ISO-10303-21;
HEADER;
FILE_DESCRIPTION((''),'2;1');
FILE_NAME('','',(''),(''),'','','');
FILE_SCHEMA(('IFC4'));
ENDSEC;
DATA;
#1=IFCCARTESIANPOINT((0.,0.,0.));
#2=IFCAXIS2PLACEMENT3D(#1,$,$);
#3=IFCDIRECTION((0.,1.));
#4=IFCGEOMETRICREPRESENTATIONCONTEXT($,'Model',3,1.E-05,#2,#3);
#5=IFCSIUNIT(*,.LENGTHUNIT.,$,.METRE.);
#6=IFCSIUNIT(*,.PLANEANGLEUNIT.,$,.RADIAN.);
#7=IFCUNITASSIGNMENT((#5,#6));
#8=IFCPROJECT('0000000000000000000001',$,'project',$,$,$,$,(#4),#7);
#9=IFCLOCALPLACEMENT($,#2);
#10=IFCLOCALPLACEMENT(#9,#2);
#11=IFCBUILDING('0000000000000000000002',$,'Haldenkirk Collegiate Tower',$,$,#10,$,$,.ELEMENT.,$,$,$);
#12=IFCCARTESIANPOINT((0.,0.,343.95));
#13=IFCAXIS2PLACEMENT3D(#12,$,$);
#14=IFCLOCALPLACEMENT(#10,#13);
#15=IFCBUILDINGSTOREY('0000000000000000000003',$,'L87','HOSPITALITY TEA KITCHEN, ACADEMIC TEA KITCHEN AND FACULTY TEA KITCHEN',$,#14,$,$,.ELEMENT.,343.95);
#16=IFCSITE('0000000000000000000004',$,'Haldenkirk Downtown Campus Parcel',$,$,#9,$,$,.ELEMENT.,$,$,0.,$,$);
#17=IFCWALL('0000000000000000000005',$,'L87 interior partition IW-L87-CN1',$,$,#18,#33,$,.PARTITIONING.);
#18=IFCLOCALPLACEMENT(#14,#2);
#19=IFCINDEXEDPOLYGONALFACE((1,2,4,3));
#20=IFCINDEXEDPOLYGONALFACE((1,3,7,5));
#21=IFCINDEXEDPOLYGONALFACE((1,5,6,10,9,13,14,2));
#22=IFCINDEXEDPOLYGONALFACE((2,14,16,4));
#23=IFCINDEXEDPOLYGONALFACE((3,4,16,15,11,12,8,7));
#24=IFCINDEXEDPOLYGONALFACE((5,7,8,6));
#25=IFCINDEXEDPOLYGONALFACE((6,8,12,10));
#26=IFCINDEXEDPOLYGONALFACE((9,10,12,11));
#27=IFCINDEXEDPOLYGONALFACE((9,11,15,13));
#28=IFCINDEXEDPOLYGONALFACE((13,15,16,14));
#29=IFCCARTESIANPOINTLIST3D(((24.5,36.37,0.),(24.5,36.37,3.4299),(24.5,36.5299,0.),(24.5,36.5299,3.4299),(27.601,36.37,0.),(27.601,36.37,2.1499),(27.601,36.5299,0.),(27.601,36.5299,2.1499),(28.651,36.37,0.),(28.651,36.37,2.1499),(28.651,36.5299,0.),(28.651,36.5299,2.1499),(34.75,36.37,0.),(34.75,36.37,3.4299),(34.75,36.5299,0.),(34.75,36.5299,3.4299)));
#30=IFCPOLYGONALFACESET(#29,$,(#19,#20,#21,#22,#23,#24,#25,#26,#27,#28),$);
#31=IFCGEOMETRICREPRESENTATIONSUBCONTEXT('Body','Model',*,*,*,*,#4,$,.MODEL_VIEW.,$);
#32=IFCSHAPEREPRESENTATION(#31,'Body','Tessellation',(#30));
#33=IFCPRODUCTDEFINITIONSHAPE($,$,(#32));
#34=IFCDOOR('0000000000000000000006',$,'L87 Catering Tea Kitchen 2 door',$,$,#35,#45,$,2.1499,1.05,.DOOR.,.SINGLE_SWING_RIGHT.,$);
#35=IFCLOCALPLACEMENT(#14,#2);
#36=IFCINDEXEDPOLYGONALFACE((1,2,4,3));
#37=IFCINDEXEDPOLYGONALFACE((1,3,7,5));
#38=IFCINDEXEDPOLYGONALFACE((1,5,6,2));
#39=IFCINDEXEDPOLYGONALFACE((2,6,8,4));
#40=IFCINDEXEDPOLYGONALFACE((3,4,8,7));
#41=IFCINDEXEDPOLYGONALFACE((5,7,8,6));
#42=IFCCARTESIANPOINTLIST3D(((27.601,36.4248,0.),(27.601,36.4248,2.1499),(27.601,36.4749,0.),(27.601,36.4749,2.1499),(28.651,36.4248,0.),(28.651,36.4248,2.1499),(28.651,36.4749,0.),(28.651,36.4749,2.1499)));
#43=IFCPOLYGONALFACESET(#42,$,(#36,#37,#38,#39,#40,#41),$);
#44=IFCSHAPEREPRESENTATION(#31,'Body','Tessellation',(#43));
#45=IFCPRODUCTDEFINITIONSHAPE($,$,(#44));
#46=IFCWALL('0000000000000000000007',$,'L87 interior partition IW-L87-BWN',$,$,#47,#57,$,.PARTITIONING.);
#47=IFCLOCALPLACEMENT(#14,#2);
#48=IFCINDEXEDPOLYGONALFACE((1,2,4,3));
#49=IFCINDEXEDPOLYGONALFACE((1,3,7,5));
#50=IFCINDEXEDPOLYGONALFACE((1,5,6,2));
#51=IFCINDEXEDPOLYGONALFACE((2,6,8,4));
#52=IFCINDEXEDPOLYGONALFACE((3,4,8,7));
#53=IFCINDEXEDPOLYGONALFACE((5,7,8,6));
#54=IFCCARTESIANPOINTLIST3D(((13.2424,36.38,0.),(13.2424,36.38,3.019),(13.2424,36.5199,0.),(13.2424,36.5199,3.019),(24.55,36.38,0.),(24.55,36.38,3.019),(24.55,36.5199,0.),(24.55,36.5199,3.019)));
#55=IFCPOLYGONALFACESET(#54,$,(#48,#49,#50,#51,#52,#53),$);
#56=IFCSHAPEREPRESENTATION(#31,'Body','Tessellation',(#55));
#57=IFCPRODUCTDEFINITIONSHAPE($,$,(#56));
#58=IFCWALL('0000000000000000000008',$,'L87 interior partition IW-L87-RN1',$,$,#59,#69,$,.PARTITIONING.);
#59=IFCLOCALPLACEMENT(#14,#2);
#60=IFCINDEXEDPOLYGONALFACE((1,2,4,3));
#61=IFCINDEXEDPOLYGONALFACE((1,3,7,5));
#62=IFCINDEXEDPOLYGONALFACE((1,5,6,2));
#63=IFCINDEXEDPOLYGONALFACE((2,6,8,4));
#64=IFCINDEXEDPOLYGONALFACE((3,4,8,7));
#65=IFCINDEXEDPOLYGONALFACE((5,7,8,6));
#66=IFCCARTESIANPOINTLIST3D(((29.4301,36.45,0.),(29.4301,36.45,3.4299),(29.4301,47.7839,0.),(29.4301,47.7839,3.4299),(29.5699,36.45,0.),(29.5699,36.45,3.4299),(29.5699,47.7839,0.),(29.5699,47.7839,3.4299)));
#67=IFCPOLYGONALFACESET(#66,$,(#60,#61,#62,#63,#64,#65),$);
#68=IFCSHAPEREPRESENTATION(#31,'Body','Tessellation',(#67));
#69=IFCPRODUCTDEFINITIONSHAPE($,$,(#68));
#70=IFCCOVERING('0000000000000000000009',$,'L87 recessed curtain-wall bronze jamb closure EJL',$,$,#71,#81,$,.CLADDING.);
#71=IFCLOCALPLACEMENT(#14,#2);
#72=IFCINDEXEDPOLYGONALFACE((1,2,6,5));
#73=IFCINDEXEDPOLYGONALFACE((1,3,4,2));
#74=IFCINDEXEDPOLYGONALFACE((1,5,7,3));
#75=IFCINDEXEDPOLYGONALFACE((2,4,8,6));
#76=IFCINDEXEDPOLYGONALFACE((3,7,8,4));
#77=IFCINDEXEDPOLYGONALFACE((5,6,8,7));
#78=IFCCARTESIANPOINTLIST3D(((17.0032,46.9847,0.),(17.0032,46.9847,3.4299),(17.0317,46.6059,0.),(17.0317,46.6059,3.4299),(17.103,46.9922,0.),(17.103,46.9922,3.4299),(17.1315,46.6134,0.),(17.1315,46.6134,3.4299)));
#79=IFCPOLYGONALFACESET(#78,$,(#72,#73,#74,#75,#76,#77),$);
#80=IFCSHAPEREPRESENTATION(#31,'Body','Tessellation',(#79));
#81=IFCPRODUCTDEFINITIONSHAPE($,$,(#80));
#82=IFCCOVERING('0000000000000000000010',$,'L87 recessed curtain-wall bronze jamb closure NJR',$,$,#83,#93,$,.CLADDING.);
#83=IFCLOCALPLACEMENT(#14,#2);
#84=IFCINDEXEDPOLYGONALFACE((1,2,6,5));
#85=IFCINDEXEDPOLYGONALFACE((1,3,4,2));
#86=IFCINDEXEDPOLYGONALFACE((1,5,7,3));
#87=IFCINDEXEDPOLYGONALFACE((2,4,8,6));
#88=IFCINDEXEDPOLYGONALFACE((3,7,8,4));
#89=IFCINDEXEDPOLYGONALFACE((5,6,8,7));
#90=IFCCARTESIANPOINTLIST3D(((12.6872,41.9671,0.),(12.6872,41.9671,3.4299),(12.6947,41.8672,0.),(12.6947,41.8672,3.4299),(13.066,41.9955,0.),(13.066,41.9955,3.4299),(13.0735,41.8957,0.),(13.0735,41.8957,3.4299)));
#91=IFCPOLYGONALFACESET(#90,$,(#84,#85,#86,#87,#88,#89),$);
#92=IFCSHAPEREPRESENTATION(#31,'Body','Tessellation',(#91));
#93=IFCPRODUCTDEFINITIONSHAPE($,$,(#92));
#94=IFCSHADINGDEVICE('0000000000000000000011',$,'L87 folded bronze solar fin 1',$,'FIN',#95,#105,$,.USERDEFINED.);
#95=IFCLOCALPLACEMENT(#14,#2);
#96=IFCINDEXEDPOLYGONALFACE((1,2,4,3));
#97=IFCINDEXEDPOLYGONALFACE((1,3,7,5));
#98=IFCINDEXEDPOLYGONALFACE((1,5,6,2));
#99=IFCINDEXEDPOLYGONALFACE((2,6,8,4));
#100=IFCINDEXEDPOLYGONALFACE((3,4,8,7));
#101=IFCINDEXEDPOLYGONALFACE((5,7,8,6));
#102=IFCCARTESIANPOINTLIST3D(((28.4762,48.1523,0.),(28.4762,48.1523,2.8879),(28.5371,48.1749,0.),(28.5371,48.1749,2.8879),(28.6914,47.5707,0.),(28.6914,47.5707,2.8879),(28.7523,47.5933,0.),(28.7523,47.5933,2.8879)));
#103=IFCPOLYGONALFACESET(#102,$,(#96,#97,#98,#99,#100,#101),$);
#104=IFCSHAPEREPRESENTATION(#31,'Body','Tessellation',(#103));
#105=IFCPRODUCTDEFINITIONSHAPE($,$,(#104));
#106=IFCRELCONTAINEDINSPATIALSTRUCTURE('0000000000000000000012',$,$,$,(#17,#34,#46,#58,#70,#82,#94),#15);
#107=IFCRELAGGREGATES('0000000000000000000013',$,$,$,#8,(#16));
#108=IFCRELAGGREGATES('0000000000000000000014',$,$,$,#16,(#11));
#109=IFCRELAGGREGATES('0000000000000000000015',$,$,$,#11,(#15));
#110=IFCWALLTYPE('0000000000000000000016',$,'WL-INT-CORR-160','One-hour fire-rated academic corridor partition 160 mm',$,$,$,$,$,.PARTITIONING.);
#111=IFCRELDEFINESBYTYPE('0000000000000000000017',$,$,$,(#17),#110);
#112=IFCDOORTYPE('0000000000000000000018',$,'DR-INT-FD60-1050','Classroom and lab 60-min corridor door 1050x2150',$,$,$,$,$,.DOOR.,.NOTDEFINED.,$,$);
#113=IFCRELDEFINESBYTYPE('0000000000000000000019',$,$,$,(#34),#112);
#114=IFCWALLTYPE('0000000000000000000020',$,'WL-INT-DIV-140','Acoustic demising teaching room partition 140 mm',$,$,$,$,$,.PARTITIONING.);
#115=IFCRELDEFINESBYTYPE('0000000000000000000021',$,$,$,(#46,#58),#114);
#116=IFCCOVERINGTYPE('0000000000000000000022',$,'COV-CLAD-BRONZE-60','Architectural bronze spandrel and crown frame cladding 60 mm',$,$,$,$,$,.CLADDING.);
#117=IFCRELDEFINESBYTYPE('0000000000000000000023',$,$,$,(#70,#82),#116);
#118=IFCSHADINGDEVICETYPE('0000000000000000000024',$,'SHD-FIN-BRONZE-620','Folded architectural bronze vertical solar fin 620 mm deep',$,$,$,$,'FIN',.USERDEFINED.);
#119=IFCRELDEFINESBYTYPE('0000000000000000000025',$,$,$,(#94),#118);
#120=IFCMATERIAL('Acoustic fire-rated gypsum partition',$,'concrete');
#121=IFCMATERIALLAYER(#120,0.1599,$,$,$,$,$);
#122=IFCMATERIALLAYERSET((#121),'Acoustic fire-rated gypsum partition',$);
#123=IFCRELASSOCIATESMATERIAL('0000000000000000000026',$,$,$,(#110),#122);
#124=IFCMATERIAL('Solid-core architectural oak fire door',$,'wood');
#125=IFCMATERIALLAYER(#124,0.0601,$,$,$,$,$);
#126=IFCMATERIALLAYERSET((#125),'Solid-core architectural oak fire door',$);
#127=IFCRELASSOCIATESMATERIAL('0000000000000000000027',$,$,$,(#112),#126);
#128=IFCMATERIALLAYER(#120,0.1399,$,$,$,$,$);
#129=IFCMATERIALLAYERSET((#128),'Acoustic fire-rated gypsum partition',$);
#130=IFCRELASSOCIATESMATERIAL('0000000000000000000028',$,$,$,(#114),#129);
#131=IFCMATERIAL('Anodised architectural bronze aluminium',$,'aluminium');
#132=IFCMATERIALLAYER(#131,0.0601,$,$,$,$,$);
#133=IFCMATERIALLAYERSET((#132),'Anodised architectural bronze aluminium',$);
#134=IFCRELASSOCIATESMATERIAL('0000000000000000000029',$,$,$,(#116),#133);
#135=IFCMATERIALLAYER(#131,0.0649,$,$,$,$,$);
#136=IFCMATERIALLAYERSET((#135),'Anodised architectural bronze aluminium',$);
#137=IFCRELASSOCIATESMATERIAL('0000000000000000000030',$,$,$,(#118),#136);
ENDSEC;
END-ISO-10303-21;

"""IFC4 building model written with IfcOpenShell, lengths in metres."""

from ifc_helpers import new_model, si_unit, direction, frame, frame_2d, origin, origin_2d, place, context, subcontext, project, spatial, rectangle, extrude, source, transform, mapped, material, layer, layer_set, type_object, element, fill, save


model = new_model("IFC4")

# Units and contexts
model_context = context("Model", 3, precision=1e-05, world=origin(), true_north=direction((0.0, 1.0)))
body_context = subcontext(model_context, "Body", "Model", "MODEL_VIEW")
ifc_project = project(units=[si_unit("LENGTHUNIT", "METRE"), si_unit("PLANEANGLEUNIT", "RADIAN")], contexts=[model_context])

# Site, building, storey
site_placement = place(None, origin())
site = spatial("IfcSite", under=ifc_project, at=site_placement, Name="Haldenkirk Downtown Campus Parcel", CompositionType="ELEMENT", RefElevation=0.0)
building_placement = place(site_placement, origin())
building = spatial("IfcBuilding", under=site, at=building_placement, Name="Haldenkirk Collegiate Tower", CompositionType="ELEMENT")
storey_placement = place(building_placement, frame((0.0, 0.0, 343.95)))
storey = spatial("IfcBuildingStorey", under=building, at=storey_placement, Name="L87", Description="HOSPITALITY TEA KITCHEN, ACADEMIC TEA KITCHEN AND FACULTY TEA KITCHEN", CompositionType="ELEMENT", Elevation=343.95)

# Shared definitions
ifc_material_1 = material(Name="Anodised architectural bronze aluminium", Category="aluminium")

# Wall, opening, door
ifc_material_2 = material(Name="Acoustic fire-rated gypsum partition", Category="concrete")
ifc_layer_1 = layer(ifc_material_2, 0.1599)
ifc_layer_set_1 = layer_set([ifc_layer_1], Name="Acoustic fire-rated gypsum partition")
wall_type_1 = type_object("IfcWallType", Name="WL-INT-CORR-160", Description="One-hour fire-rated academic corridor partition 160 mm", PredefinedType="PARTITIONING", material=ifc_layer_set_1)
wall_1_placement = place(storey_placement, frame((24.5, 36.45, 0.0), z_axis=(0.0, 0.0, 1.0), x_axis=(1.0, 0.0, 0.0)))
wall_1 = element("IfcWall", 1, at=wall_1_placement, inside=storey, type_object=wall_type_1, Name="L87 interior partition IW-L87-CN1", PredefinedType="PARTITIONING", context=body_context, shape_type="SweptSolid", body=[
    extrude(rectangle(XDim=10.25, YDim=0.1599, at=frame_2d((5.125, 0.0))), origin(), (0.0, 0.0, 1.0), 3.4299),
])
opening_1_placement = place(wall_1_placement, frame((3.1011, 0.0, 0.0)))
opening_1 = element("IfcOpeningElement", 2, at=opening_1_placement, cuts=wall_1, PredefinedType="OPENING", context=body_context, shape_type="SweptSolid", body=[
    extrude(rectangle(XDim=1.05, YDim=2.1499, at=frame_2d((0.5249, 1.075))), frame((0.0, 0.0898, 0.0), z_axis=(0.0, -1.0, 0.0), x_axis=(1.0, 0.0, 0.0)), (0.0, 0.0, 1.0), 0.1799),
])
ifc_material_3 = material(Name="Solid-core architectural oak fire door", Category="wood")
ifc_layer_2 = layer(ifc_material_3, 0.0601)
ifc_layer_set_2 = layer_set([ifc_layer_2], Name="Solid-core architectural oak fire door")
door_type = type_object("IfcDoorType", Name="DR-INT-FD60-1050", Description="Classroom and lab 60-min corridor door 1050x2150", OperationType="NOTDEFINED", PredefinedType="DOOR", material=ifc_layer_set_2)
door_placement = place(opening_1_placement, origin())
door = element("IfcDoor", 3, at=door_placement, inside=storey, type_object=door_type, Name="L87 Catering Tea Kitchen 2 door", OperationType="SINGLE_SWING_RIGHT", OverallHeight=2.1499, OverallWidth=1.05, PredefinedType="DOOR", context=body_context, shape_type="SweptSolid", body=[
    extrude(rectangle(XDim=1.05, YDim=2.1499, at=frame_2d((0.5249, 1.075))), frame((0.0, 0.0249, 0.0), z_axis=(0.0, -1.0, 0.0), x_axis=(1.0, 0.0, 0.0)), (0.0, 0.0, 1.0), 0.05),
])
fill(opening_1, door)

# Walls
ifc_layer_3 = layer(ifc_material_2, 0.1399)
ifc_layer_set_3 = layer_set([ifc_layer_3], Name="Acoustic fire-rated gypsum partition")
wall_type_2 = type_object("IfcWallType", Name="WL-INT-DIV-140", Description="Acoustic demising teaching room partition 140 mm", PredefinedType="PARTITIONING", material=ifc_layer_set_3)
wall_2_placement = place(storey_placement, frame((13.2424, 36.45, 0.0), z_axis=(0.0, 0.0, 1.0), x_axis=(1.0, 0.0, 0.0)))
element("IfcWall", 4, at=wall_2_placement, inside=storey, type_object=wall_type_2, Name="L87 interior partition IW-L87-BWN", PredefinedType="PARTITIONING", context=body_context, shape_type="SweptSolid", body=[
    extrude(rectangle(XDim=11.3076, YDim=0.1399, at=frame_2d((5.6538, 0.0))), origin(), (0.0, 0.0, 1.0), 3.019),
])
wall_3_placement = place(storey_placement, frame((29.5, 36.45, 0.0), z_axis=(0.0, 0.0, 1.0), x_axis=(0.0, 1.0, 0.0)))
element("IfcWall", 5, at=wall_3_placement, inside=storey, type_object=wall_type_2, Name="L87 interior partition IW-L87-RN1", PredefinedType="PARTITIONING", context=body_context, shape_type="SweptSolid", body=[
    extrude(rectangle(XDim=11.334, YDim=0.1399, at=frame_2d((5.667, 0.0))), origin(), (0.0, 0.0, 1.0), 3.4299),
])

# Coverings
ifc_layer_4 = layer(ifc_material_1, 0.0601)
ifc_layer_set_4 = layer_set([ifc_layer_4], Name="Anodised architectural bronze aluminium")
covering_type = type_object("IfcCoveringType", Name="COV-CLAD-BRONZE-60", Description="Architectural bronze spandrel and crown frame cladding 60 mm", PredefinedType="CLADDING", material=ifc_layer_set_4)
shared_shape_1 = source(origin(), body_context, "Body", "SweptSolid", [
    extrude(rectangle(XDim=0.1001, YDim=0.3799, at=origin_2d()), origin(), (0.0, 0.0, 1.0), 3.4299),
])
for number, where, z_axis, x_axis, name in (
    (6, (17.0674, 46.7991, 0.0), (0.0, 0.0, 1.0), (0.997185, 0.074979, 0.0), "L87 recessed curtain-wall bronze jamb closure EJL"),
    (7, (12.8804, 41.9314, 0.0), (0.0, 0.0, 1.0), (-0.074979, 0.997185, 0.0), "L87 recessed curtain-wall bronze jamb closure NJR"),
):
    element("IfcCovering", number, at=place(storey_placement, frame(where, z_axis=z_axis, x_axis=x_axis)), inside=storey, type_object=covering_type, Name=name, PredefinedType="CLADDING", context=body_context, shape_type="MappedRepresentation", body=[
        mapped(shared_shape_1, transform((0.0, 0.0, 0.0), x_axis=(1.0, 0.0, 0.0), y_axis=(0.0, 1.0, 0.0), z_axis=(0.0, 0.0, 1.0), scale=1.0)),
    ])

# Shading device
ifc_layer_5 = layer(ifc_material_1, 0.0649)
ifc_layer_set_5 = layer_set([ifc_layer_5], Name="Anodised architectural bronze aluminium")
shading_device_type = type_object("IfcShadingDeviceType", Name="SHD-FIN-BRONZE-620", Description="Folded architectural bronze vertical solar fin 620 mm deep", ElementType="FIN", PredefinedType="USERDEFINED", material=ifc_layer_set_5)
shared_shape_2 = source(origin(), body_context, "Body", "SweptSolid", [
    extrude(rectangle(XDim=0.6201, YDim=0.0649, at=origin_2d()), origin(), (0.0, 0.0, 1.0), 2.8879),
])
shading_device_placement = place(storey_placement, frame((28.6143, 47.8728, 0.0), z_axis=(0.0, 0.0, 1.0), x_axis=(-0.346936, 0.937889, 0.0)))
element("IfcShadingDevice", 8, at=shading_device_placement, inside=storey, type_object=shading_device_type, Name="L87 folded bronze solar fin 1", ObjectType="FIN", PredefinedType="USERDEFINED", context=body_context, shape_type="MappedRepresentation", body=[
    mapped(shared_shape_2, transform((0.0, 0.0, 0.0), x_axis=(1.0, 0.0, 0.0), y_axis=(0.0, 1.0, 0.0), z_axis=(0.0, 0.0, 1.0), scale=1.0)),
])

save(model, "model.ifc")
